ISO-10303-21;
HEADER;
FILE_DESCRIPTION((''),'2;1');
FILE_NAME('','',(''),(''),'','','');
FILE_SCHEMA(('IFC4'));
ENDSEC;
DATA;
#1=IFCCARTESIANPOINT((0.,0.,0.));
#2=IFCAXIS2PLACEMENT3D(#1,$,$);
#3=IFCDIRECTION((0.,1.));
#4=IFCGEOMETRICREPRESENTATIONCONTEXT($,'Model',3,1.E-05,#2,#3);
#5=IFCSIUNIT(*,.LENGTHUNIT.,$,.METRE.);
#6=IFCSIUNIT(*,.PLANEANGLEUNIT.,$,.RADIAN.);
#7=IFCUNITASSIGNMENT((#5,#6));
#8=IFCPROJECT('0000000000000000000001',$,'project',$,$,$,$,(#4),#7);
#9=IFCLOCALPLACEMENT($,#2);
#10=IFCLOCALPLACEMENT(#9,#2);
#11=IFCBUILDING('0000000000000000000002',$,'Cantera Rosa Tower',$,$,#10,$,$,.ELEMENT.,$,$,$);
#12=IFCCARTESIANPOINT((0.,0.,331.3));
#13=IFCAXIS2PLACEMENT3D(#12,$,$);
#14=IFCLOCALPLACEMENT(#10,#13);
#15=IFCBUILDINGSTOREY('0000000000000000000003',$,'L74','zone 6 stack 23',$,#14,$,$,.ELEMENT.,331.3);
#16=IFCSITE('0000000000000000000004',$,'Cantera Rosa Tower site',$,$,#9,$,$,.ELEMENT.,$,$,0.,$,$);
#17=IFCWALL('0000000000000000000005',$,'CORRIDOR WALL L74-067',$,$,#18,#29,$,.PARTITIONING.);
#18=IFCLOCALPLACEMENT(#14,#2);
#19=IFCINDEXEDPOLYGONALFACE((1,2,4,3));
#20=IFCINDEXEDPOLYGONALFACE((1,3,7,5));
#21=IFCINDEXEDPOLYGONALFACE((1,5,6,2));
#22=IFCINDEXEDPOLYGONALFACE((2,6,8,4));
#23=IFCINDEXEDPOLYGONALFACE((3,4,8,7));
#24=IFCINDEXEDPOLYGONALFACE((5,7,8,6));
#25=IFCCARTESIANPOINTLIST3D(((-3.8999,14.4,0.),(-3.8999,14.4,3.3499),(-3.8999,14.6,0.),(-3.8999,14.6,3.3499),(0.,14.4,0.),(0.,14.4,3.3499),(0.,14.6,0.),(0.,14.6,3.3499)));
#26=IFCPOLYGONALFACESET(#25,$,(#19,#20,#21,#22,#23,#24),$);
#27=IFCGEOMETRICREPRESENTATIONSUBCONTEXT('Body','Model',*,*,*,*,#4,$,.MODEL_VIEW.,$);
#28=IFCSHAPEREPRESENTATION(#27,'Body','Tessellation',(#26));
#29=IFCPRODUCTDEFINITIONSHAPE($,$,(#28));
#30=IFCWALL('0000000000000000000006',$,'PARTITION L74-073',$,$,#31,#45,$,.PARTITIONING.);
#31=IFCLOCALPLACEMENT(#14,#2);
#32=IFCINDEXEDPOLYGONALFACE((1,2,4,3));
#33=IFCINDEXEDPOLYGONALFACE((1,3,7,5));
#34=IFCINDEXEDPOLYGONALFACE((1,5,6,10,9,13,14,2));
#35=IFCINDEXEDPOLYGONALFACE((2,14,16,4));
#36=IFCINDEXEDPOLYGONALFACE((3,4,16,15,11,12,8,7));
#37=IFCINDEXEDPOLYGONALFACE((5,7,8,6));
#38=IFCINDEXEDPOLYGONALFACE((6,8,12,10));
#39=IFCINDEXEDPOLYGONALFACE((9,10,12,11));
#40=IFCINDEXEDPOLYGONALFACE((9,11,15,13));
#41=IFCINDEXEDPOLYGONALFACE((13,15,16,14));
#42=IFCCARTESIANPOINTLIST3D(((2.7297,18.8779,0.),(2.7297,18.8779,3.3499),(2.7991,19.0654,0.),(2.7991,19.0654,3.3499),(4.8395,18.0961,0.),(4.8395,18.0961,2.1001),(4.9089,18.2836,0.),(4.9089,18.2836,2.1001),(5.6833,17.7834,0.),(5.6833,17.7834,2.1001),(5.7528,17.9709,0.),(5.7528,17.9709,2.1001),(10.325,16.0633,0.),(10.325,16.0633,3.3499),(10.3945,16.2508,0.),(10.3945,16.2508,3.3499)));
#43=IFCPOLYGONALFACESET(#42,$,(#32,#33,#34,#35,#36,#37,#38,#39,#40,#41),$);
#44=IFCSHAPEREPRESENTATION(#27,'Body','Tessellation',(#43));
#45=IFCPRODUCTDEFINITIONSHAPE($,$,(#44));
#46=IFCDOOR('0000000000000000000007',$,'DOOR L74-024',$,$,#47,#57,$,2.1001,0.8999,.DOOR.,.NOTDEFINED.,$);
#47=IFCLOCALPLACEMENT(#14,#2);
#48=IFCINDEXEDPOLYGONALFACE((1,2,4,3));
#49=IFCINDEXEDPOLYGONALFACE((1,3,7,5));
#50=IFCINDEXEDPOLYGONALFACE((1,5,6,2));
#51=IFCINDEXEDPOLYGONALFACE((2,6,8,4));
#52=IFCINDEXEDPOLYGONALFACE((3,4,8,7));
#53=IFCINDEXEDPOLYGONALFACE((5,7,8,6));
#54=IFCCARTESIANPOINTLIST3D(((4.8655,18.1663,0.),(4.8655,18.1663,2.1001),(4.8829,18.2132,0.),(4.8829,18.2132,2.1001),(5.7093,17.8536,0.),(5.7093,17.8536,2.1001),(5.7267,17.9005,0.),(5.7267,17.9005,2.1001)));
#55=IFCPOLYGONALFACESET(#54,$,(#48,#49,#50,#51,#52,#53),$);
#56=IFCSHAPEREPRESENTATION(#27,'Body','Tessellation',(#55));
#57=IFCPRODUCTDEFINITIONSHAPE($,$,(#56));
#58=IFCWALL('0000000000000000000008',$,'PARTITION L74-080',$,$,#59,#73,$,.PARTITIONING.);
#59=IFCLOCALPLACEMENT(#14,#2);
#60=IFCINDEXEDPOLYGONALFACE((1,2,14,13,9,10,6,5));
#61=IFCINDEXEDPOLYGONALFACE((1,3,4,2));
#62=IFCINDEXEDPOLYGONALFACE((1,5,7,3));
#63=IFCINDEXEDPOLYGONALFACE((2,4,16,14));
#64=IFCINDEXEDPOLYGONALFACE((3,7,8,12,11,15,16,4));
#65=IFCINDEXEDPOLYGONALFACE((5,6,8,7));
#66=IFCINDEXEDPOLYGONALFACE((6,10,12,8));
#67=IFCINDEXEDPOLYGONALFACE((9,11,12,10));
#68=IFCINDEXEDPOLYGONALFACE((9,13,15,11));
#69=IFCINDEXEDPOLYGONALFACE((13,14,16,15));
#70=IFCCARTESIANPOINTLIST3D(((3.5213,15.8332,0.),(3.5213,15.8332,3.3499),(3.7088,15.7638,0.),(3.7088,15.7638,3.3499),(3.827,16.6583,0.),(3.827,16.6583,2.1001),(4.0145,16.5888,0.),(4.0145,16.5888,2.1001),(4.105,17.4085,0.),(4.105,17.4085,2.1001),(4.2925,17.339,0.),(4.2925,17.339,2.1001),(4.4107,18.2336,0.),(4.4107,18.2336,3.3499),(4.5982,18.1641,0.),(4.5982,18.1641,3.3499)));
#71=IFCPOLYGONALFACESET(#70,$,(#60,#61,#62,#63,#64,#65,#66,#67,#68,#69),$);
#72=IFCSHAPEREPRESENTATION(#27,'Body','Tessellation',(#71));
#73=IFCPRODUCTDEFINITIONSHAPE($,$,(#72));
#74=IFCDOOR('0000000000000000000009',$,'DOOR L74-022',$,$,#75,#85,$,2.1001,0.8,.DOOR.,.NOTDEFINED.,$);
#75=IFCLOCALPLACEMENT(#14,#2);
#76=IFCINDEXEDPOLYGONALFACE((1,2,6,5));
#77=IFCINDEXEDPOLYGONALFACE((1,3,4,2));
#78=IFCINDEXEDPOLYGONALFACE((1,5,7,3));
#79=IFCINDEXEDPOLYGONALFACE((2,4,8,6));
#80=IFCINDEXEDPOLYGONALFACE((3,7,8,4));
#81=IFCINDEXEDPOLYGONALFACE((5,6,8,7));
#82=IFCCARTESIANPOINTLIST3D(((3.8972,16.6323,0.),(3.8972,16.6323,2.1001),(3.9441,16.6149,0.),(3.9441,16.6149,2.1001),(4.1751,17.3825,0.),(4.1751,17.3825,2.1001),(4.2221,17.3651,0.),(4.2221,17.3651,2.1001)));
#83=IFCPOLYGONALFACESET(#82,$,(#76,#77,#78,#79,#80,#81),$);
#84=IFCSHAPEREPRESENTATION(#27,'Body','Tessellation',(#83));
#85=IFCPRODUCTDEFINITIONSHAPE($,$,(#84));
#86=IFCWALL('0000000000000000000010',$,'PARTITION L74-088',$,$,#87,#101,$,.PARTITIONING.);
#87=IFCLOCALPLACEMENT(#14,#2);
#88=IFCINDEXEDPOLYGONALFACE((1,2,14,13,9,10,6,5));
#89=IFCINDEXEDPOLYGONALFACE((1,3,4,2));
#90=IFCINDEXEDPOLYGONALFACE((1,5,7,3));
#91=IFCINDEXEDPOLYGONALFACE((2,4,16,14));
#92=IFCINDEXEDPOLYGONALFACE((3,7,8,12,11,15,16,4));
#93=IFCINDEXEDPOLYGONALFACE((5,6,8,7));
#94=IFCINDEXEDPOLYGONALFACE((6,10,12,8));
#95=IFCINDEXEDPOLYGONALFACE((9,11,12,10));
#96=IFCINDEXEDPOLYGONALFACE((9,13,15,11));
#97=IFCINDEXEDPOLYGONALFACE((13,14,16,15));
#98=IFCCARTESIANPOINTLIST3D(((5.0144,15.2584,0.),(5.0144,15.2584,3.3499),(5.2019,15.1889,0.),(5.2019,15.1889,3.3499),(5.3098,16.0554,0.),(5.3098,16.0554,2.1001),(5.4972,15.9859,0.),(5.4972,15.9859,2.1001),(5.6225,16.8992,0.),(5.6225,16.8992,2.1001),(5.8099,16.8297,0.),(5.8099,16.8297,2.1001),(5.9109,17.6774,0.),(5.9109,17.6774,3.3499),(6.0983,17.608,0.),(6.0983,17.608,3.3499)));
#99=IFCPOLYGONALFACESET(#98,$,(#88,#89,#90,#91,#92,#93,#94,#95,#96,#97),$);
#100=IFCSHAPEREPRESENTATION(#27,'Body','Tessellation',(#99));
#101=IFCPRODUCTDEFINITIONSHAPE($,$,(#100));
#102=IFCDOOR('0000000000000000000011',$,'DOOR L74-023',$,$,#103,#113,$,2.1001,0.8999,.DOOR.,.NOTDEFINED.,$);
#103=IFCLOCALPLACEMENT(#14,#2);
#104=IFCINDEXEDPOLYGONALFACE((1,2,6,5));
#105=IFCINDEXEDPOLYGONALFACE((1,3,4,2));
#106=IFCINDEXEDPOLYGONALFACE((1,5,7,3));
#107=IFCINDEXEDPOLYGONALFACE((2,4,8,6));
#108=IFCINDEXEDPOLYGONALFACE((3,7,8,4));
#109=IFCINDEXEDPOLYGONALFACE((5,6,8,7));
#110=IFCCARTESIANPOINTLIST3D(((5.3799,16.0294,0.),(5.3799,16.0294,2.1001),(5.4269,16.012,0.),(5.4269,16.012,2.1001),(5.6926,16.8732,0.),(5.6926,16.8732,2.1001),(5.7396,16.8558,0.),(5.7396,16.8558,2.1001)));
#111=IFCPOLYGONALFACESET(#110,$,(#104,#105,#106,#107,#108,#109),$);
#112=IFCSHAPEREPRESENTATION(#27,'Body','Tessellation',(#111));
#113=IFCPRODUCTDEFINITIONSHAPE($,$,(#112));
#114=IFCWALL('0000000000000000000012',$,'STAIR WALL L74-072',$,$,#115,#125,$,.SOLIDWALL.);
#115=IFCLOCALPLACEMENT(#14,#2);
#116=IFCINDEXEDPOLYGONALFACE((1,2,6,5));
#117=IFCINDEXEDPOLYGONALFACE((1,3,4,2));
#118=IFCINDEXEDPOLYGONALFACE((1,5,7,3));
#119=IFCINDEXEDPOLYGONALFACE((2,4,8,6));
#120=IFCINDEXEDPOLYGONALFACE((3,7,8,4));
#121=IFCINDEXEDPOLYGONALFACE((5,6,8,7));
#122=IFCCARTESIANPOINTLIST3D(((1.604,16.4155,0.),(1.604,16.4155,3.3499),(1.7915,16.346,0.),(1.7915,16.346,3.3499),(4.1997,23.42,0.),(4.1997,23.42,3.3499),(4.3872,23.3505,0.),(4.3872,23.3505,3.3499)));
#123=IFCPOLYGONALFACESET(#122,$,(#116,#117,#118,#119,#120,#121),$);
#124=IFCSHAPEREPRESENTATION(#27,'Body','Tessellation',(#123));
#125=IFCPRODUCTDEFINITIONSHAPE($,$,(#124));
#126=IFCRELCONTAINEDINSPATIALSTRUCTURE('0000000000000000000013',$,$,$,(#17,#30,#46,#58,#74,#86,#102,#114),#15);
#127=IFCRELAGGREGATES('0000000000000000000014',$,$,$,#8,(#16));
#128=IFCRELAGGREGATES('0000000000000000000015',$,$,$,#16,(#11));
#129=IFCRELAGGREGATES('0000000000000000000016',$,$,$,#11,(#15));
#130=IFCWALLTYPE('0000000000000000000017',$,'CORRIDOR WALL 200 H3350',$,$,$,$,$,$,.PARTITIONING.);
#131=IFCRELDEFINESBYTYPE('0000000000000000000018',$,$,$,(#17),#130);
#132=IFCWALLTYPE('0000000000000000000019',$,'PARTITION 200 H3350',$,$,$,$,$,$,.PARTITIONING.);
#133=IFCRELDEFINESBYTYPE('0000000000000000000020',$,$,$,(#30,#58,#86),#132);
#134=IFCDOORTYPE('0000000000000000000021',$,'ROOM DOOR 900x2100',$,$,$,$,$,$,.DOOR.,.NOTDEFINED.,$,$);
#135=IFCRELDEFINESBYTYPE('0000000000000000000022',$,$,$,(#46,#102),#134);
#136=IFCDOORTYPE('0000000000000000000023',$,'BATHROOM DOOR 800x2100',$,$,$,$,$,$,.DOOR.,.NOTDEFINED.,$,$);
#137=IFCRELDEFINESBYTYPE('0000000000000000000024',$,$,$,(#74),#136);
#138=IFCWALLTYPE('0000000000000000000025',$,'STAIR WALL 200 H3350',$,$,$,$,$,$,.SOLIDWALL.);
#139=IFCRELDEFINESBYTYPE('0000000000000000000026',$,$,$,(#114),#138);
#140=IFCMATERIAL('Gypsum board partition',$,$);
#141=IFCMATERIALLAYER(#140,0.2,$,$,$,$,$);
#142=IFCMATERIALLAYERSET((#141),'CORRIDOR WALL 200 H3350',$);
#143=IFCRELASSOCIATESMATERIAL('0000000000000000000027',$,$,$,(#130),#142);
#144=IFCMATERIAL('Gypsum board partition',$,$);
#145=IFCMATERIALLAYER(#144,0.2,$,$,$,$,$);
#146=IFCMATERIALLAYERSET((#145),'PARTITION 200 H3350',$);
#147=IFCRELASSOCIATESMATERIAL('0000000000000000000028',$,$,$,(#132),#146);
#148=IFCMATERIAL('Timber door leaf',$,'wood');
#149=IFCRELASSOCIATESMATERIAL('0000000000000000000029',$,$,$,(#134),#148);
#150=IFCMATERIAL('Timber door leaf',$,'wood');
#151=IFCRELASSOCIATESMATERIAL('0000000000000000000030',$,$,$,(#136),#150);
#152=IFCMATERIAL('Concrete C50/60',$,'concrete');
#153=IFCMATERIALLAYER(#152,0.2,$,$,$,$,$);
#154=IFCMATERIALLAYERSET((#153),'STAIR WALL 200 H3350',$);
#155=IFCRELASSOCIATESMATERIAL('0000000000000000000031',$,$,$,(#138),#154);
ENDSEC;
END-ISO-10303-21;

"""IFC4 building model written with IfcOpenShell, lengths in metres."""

from ifc_helpers import new_model, si_unit, direction, frame, frame_2d, origin, place, context, subcontext, project, spatial, rectangle, extrude, material, layer, layer_set, type_object, element, fill, save


model = new_model("IFC4")

# Units and contexts
model_context = context("Model", 3, precision=1e-05, world=origin(), true_north=direction((0.0, 1.0)))
body_context = subcontext(model_context, "Body", "Model", "MODEL_VIEW")
ifc_project = project(units=[si_unit("LENGTHUNIT", "METRE"), si_unit("PLANEANGLEUNIT", "RADIAN")], contexts=[model_context])

# Site, building, storey
site_placement = place(None, origin())
site = spatial("IfcSite", under=ifc_project, at=site_placement, Name="Cantera Rosa Tower site", CompositionType="ELEMENT", RefElevation=0.0)
building_placement = place(site_placement, origin())
building = spatial("IfcBuilding", under=site, at=building_placement, Name="Cantera Rosa Tower", CompositionType="ELEMENT")
storey_placement = place(building_placement, frame((0.0, 0.0, 331.3)))
storey = spatial("IfcBuildingStorey", under=building, at=storey_placement, Name="L74", Description="zone 6 stack 23", CompositionType="ELEMENT", Elevation=331.3)

# Wall
ifc_material_1 = material(Name="Gypsum board partition")
ifc_layer_1 = layer(ifc_material_1, 0.2)
ifc_layer_set_1 = layer_set([ifc_layer_1], Name="CORRIDOR WALL 200 H3350")
wall_type_1 = type_object("IfcWallType", Name="CORRIDOR WALL 200 H3350", PredefinedType="PARTITIONING", material=ifc_layer_set_1)
wall_1_placement = place(storey_placement, frame((0.0, 14.5, 0.0), z_axis=(0.0, 0.0, 1.0), x_axis=(-1.0, 0.0, 0.0)))
element("IfcWall", 1, at=wall_1_placement, inside=storey, type_object=wall_type_1, Name="CORRIDOR WALL L74-067", PredefinedType="PARTITIONING", context=body_context, shape_type="SweptSolid", body=[
    extrude(rectangle(XDim=3.8999, YDim=0.2, at=frame_2d((1.95, 0.0))), origin(), (0.0, 0.0, 1.0), 3.3499),
])

# Walls, openings, doors
ifc_material_2 = material(Name="Gypsum board partition")
ifc_layer_2 = layer(ifc_material_2, 0.2)
ifc_layer_set_2 = layer_set([ifc_layer_2], Name="PARTITION 200 H3350")
wall_type_2 = type_object("IfcWallType", Name="PARTITION 200 H3350", PredefinedType="PARTITIONING", material=ifc_layer_set_2)
wall_2_placement = place(storey_placement, frame((2.7644, 18.9717, 0.0), z_axis=(0.0, 0.0, 1.0), x_axis=(0.937686, -0.347484, 0.0)))
wall_2 = element("IfcWall", 2, at=wall_2_placement, inside=storey, type_object=wall_type_2, Name="PARTITION L74-073", PredefinedType="PARTITIONING", context=body_context, shape_type="SweptSolid", body=[
    extrude(rectangle(XDim=8.1001, YDim=0.2, at=frame_2d((4.05, 0.0))), origin(), (0.0, 0.0, 1.0), 3.3499),
])
opening_1_placement = place(wall_2_placement, frame((2.25, 0.0, 0.0)))
opening_1 = element("IfcOpeningElement", 3, at=opening_1_placement, cuts=wall_2, PredefinedType="OPENING", context=body_context, shape_type="SweptSolid", body=[
    extrude(rectangle(XDim=0.8999, YDim=2.1001, at=frame_2d((0.45, 1.05))), frame((0.0, 0.1099, 0.0), z_axis=(0.0, -1.0, 0.0), x_axis=(1.0, 0.0, 0.0)), (0.0, 0.0, 1.0), 0.22),
])
ifc_material_3 = material(Name="Timber door leaf", Category="wood")
door_type_1 = type_object("IfcDoorType", Name="ROOM DOOR 900x2100", OperationType="NOTDEFINED", PredefinedType="DOOR", material=ifc_material_3)
door_1_placement = place(opening_1_placement, origin())
door_1 = element("IfcDoor", 4, at=door_1_placement, inside=storey, type_object=door_type_1, Name="DOOR L74-024", OperationType="NOTDEFINED", OverallHeight=2.1001, OverallWidth=0.8999, PredefinedType="DOOR", context=body_context, shape_type="SweptSolid", body=[
    extrude(rectangle(XDim=0.8999, YDim=2.1001, at=frame_2d((0.45, 1.05))), frame((0.0, 0.0249, 0.0), z_axis=(0.0, -1.0, 0.0), x_axis=(1.0, 0.0, 0.0)), (0.0, 0.0, 1.0), 0.05),
])
fill(opening_1, door_1)
wall_3_placement = place(storey_placement, frame((4.5044, 18.1987, 0.0), z_axis=(0.0, 0.0, 1.0), x_axis=(-0.347442, -0.937702, 0.0)))
wall_3 = element("IfcWall", 5, at=wall_3_placement, inside=storey, type_object=wall_type_2, Name="PARTITION L74-080", PredefinedType="PARTITIONING", context=body_context, shape_type="SweptSolid", body=[
    extrude(rectangle(XDim=2.5598, YDim=0.2, at=frame_2d((1.2798, 0.0))), origin(), (0.0, 0.0, 1.0), 3.3499),
])
opening_2_placement = place(wall_3_placement, frame((0.8799, 0.0, 0.0)))
opening_2 = element("IfcOpeningElement", 6, at=opening_2_placement, cuts=wall_3, PredefinedType="OPENING", context=body_context, shape_type="SweptSolid", body=[
    extrude(rectangle(XDim=0.8, YDim=2.1001, at=frame_2d((0.3999, 1.05))), frame((0.0, 0.1099, 0.0), z_axis=(0.0, -1.0, 0.0), x_axis=(1.0, 0.0, 0.0)), (0.0, 0.0, 1.0), 0.22),
])
ifc_material_4 = material(Name="Timber door leaf", Category="wood")
door_type_2 = type_object("IfcDoorType", Name="BATHROOM DOOR 800x2100", OperationType="NOTDEFINED", PredefinedType="DOOR", material=ifc_material_4)
door_2_placement = place(opening_2_placement, origin())
door_2 = element("IfcDoor", 7, at=door_2_placement, inside=storey, type_object=door_type_2, Name="DOOR L74-022", OperationType="NOTDEFINED", OverallHeight=2.1001, OverallWidth=0.8, PredefinedType="DOOR", context=body_context, shape_type="SweptSolid", body=[
    extrude(rectangle(XDim=0.8, YDim=2.1001, at=frame_2d((0.3999, 1.05))), frame((0.0, 0.0249, 0.0), z_axis=(0.0, -1.0, 0.0), x_axis=(1.0, 0.0, 0.0)), (0.0, 0.0, 1.0), 0.05),
])
fill(opening_2, door_2)
wall_4_placement = place(storey_placement, frame((6.0046, 17.6428, 0.0), z_axis=(0.0, 0.0, 1.0), x_axis=(-0.347481, -0.937687, 0.0)))
wall_4 = element("IfcWall", 8, at=wall_4_placement, inside=storey, type_object=wall_type_2, Name="PARTITION L74-088", PredefinedType="PARTITIONING", context=body_context, shape_type="SweptSolid", body=[
    extrude(rectangle(XDim=2.5798, YDim=0.2, at=frame_2d((1.29, 0.0))), origin(), (0.0, 0.0, 1.0), 3.3499),
])
opening_3_placement = place(wall_4_placement, frame((0.8301, 0.0, 0.0)))
opening_3 = element("IfcOpeningElement", 9, at=opening_3_placement, cuts=wall_4, PredefinedType="OPENING", context=body_context, shape_type="SweptSolid", body=[
    extrude(rectangle(XDim=0.8999, YDim=2.1001, at=frame_2d((0.45, 1.05))), frame((0.0, 0.1099, 0.0), z_axis=(0.0, -1.0, 0.0), x_axis=(1.0, 0.0, 0.0)), (0.0, 0.0, 1.0), 0.22),
])
door_3_placement = place(opening_3_placement, origin())
door_3 = element("IfcDoor", 10, at=door_3_placement, inside=storey, type_object=door_type_1, Name="DOOR L74-023", OperationType="NOTDEFINED", OverallHeight=2.1001, OverallWidth=0.8999, PredefinedType="DOOR", context=body_context, shape_type="SweptSolid", body=[
    extrude(rectangle(XDim=0.8999, YDim=2.1001, at=frame_2d((0.45, 1.05))), frame((0.0, 0.0249, 0.0), z_axis=(0.0, -1.0, 0.0), x_axis=(1.0, 0.0, 0.0)), (0.0, 0.0, 1.0), 0.05),
])
fill(opening_3, door_3)

# Wall
ifc_material_5 = material(Name="Concrete C50/60", Category="concrete")
ifc_layer_3 = layer(ifc_material_5, 0.2)
ifc_layer_set_3 = layer_set([ifc_layer_3], Name="STAIR WALL 200 H3350")
wall_type_3 = type_object("IfcWallType", Name="STAIR WALL 200 H3350", PredefinedType="SOLIDWALL", material=ifc_layer_set_3)
wall_5_placement = place(storey_placement, frame((1.6978, 16.3809, 0.0), z_axis=(0.0, 0.0, 1.0), x_axis=(0.347489, 0.937684, 0.0)))
element("IfcWall", 11, at=wall_5_placement, inside=storey, type_object=wall_type_3, Name="STAIR WALL L74-072", PredefinedType="SOLIDWALL", context=body_context, shape_type="SweptSolid", body=[
    extrude(rectangle(XDim=7.47, YDim=0.2, at=frame_2d((3.7349, 0.0))), origin(), (0.0, 0.0, 1.0), 3.3499),
])

save(model, "model.ifc")
